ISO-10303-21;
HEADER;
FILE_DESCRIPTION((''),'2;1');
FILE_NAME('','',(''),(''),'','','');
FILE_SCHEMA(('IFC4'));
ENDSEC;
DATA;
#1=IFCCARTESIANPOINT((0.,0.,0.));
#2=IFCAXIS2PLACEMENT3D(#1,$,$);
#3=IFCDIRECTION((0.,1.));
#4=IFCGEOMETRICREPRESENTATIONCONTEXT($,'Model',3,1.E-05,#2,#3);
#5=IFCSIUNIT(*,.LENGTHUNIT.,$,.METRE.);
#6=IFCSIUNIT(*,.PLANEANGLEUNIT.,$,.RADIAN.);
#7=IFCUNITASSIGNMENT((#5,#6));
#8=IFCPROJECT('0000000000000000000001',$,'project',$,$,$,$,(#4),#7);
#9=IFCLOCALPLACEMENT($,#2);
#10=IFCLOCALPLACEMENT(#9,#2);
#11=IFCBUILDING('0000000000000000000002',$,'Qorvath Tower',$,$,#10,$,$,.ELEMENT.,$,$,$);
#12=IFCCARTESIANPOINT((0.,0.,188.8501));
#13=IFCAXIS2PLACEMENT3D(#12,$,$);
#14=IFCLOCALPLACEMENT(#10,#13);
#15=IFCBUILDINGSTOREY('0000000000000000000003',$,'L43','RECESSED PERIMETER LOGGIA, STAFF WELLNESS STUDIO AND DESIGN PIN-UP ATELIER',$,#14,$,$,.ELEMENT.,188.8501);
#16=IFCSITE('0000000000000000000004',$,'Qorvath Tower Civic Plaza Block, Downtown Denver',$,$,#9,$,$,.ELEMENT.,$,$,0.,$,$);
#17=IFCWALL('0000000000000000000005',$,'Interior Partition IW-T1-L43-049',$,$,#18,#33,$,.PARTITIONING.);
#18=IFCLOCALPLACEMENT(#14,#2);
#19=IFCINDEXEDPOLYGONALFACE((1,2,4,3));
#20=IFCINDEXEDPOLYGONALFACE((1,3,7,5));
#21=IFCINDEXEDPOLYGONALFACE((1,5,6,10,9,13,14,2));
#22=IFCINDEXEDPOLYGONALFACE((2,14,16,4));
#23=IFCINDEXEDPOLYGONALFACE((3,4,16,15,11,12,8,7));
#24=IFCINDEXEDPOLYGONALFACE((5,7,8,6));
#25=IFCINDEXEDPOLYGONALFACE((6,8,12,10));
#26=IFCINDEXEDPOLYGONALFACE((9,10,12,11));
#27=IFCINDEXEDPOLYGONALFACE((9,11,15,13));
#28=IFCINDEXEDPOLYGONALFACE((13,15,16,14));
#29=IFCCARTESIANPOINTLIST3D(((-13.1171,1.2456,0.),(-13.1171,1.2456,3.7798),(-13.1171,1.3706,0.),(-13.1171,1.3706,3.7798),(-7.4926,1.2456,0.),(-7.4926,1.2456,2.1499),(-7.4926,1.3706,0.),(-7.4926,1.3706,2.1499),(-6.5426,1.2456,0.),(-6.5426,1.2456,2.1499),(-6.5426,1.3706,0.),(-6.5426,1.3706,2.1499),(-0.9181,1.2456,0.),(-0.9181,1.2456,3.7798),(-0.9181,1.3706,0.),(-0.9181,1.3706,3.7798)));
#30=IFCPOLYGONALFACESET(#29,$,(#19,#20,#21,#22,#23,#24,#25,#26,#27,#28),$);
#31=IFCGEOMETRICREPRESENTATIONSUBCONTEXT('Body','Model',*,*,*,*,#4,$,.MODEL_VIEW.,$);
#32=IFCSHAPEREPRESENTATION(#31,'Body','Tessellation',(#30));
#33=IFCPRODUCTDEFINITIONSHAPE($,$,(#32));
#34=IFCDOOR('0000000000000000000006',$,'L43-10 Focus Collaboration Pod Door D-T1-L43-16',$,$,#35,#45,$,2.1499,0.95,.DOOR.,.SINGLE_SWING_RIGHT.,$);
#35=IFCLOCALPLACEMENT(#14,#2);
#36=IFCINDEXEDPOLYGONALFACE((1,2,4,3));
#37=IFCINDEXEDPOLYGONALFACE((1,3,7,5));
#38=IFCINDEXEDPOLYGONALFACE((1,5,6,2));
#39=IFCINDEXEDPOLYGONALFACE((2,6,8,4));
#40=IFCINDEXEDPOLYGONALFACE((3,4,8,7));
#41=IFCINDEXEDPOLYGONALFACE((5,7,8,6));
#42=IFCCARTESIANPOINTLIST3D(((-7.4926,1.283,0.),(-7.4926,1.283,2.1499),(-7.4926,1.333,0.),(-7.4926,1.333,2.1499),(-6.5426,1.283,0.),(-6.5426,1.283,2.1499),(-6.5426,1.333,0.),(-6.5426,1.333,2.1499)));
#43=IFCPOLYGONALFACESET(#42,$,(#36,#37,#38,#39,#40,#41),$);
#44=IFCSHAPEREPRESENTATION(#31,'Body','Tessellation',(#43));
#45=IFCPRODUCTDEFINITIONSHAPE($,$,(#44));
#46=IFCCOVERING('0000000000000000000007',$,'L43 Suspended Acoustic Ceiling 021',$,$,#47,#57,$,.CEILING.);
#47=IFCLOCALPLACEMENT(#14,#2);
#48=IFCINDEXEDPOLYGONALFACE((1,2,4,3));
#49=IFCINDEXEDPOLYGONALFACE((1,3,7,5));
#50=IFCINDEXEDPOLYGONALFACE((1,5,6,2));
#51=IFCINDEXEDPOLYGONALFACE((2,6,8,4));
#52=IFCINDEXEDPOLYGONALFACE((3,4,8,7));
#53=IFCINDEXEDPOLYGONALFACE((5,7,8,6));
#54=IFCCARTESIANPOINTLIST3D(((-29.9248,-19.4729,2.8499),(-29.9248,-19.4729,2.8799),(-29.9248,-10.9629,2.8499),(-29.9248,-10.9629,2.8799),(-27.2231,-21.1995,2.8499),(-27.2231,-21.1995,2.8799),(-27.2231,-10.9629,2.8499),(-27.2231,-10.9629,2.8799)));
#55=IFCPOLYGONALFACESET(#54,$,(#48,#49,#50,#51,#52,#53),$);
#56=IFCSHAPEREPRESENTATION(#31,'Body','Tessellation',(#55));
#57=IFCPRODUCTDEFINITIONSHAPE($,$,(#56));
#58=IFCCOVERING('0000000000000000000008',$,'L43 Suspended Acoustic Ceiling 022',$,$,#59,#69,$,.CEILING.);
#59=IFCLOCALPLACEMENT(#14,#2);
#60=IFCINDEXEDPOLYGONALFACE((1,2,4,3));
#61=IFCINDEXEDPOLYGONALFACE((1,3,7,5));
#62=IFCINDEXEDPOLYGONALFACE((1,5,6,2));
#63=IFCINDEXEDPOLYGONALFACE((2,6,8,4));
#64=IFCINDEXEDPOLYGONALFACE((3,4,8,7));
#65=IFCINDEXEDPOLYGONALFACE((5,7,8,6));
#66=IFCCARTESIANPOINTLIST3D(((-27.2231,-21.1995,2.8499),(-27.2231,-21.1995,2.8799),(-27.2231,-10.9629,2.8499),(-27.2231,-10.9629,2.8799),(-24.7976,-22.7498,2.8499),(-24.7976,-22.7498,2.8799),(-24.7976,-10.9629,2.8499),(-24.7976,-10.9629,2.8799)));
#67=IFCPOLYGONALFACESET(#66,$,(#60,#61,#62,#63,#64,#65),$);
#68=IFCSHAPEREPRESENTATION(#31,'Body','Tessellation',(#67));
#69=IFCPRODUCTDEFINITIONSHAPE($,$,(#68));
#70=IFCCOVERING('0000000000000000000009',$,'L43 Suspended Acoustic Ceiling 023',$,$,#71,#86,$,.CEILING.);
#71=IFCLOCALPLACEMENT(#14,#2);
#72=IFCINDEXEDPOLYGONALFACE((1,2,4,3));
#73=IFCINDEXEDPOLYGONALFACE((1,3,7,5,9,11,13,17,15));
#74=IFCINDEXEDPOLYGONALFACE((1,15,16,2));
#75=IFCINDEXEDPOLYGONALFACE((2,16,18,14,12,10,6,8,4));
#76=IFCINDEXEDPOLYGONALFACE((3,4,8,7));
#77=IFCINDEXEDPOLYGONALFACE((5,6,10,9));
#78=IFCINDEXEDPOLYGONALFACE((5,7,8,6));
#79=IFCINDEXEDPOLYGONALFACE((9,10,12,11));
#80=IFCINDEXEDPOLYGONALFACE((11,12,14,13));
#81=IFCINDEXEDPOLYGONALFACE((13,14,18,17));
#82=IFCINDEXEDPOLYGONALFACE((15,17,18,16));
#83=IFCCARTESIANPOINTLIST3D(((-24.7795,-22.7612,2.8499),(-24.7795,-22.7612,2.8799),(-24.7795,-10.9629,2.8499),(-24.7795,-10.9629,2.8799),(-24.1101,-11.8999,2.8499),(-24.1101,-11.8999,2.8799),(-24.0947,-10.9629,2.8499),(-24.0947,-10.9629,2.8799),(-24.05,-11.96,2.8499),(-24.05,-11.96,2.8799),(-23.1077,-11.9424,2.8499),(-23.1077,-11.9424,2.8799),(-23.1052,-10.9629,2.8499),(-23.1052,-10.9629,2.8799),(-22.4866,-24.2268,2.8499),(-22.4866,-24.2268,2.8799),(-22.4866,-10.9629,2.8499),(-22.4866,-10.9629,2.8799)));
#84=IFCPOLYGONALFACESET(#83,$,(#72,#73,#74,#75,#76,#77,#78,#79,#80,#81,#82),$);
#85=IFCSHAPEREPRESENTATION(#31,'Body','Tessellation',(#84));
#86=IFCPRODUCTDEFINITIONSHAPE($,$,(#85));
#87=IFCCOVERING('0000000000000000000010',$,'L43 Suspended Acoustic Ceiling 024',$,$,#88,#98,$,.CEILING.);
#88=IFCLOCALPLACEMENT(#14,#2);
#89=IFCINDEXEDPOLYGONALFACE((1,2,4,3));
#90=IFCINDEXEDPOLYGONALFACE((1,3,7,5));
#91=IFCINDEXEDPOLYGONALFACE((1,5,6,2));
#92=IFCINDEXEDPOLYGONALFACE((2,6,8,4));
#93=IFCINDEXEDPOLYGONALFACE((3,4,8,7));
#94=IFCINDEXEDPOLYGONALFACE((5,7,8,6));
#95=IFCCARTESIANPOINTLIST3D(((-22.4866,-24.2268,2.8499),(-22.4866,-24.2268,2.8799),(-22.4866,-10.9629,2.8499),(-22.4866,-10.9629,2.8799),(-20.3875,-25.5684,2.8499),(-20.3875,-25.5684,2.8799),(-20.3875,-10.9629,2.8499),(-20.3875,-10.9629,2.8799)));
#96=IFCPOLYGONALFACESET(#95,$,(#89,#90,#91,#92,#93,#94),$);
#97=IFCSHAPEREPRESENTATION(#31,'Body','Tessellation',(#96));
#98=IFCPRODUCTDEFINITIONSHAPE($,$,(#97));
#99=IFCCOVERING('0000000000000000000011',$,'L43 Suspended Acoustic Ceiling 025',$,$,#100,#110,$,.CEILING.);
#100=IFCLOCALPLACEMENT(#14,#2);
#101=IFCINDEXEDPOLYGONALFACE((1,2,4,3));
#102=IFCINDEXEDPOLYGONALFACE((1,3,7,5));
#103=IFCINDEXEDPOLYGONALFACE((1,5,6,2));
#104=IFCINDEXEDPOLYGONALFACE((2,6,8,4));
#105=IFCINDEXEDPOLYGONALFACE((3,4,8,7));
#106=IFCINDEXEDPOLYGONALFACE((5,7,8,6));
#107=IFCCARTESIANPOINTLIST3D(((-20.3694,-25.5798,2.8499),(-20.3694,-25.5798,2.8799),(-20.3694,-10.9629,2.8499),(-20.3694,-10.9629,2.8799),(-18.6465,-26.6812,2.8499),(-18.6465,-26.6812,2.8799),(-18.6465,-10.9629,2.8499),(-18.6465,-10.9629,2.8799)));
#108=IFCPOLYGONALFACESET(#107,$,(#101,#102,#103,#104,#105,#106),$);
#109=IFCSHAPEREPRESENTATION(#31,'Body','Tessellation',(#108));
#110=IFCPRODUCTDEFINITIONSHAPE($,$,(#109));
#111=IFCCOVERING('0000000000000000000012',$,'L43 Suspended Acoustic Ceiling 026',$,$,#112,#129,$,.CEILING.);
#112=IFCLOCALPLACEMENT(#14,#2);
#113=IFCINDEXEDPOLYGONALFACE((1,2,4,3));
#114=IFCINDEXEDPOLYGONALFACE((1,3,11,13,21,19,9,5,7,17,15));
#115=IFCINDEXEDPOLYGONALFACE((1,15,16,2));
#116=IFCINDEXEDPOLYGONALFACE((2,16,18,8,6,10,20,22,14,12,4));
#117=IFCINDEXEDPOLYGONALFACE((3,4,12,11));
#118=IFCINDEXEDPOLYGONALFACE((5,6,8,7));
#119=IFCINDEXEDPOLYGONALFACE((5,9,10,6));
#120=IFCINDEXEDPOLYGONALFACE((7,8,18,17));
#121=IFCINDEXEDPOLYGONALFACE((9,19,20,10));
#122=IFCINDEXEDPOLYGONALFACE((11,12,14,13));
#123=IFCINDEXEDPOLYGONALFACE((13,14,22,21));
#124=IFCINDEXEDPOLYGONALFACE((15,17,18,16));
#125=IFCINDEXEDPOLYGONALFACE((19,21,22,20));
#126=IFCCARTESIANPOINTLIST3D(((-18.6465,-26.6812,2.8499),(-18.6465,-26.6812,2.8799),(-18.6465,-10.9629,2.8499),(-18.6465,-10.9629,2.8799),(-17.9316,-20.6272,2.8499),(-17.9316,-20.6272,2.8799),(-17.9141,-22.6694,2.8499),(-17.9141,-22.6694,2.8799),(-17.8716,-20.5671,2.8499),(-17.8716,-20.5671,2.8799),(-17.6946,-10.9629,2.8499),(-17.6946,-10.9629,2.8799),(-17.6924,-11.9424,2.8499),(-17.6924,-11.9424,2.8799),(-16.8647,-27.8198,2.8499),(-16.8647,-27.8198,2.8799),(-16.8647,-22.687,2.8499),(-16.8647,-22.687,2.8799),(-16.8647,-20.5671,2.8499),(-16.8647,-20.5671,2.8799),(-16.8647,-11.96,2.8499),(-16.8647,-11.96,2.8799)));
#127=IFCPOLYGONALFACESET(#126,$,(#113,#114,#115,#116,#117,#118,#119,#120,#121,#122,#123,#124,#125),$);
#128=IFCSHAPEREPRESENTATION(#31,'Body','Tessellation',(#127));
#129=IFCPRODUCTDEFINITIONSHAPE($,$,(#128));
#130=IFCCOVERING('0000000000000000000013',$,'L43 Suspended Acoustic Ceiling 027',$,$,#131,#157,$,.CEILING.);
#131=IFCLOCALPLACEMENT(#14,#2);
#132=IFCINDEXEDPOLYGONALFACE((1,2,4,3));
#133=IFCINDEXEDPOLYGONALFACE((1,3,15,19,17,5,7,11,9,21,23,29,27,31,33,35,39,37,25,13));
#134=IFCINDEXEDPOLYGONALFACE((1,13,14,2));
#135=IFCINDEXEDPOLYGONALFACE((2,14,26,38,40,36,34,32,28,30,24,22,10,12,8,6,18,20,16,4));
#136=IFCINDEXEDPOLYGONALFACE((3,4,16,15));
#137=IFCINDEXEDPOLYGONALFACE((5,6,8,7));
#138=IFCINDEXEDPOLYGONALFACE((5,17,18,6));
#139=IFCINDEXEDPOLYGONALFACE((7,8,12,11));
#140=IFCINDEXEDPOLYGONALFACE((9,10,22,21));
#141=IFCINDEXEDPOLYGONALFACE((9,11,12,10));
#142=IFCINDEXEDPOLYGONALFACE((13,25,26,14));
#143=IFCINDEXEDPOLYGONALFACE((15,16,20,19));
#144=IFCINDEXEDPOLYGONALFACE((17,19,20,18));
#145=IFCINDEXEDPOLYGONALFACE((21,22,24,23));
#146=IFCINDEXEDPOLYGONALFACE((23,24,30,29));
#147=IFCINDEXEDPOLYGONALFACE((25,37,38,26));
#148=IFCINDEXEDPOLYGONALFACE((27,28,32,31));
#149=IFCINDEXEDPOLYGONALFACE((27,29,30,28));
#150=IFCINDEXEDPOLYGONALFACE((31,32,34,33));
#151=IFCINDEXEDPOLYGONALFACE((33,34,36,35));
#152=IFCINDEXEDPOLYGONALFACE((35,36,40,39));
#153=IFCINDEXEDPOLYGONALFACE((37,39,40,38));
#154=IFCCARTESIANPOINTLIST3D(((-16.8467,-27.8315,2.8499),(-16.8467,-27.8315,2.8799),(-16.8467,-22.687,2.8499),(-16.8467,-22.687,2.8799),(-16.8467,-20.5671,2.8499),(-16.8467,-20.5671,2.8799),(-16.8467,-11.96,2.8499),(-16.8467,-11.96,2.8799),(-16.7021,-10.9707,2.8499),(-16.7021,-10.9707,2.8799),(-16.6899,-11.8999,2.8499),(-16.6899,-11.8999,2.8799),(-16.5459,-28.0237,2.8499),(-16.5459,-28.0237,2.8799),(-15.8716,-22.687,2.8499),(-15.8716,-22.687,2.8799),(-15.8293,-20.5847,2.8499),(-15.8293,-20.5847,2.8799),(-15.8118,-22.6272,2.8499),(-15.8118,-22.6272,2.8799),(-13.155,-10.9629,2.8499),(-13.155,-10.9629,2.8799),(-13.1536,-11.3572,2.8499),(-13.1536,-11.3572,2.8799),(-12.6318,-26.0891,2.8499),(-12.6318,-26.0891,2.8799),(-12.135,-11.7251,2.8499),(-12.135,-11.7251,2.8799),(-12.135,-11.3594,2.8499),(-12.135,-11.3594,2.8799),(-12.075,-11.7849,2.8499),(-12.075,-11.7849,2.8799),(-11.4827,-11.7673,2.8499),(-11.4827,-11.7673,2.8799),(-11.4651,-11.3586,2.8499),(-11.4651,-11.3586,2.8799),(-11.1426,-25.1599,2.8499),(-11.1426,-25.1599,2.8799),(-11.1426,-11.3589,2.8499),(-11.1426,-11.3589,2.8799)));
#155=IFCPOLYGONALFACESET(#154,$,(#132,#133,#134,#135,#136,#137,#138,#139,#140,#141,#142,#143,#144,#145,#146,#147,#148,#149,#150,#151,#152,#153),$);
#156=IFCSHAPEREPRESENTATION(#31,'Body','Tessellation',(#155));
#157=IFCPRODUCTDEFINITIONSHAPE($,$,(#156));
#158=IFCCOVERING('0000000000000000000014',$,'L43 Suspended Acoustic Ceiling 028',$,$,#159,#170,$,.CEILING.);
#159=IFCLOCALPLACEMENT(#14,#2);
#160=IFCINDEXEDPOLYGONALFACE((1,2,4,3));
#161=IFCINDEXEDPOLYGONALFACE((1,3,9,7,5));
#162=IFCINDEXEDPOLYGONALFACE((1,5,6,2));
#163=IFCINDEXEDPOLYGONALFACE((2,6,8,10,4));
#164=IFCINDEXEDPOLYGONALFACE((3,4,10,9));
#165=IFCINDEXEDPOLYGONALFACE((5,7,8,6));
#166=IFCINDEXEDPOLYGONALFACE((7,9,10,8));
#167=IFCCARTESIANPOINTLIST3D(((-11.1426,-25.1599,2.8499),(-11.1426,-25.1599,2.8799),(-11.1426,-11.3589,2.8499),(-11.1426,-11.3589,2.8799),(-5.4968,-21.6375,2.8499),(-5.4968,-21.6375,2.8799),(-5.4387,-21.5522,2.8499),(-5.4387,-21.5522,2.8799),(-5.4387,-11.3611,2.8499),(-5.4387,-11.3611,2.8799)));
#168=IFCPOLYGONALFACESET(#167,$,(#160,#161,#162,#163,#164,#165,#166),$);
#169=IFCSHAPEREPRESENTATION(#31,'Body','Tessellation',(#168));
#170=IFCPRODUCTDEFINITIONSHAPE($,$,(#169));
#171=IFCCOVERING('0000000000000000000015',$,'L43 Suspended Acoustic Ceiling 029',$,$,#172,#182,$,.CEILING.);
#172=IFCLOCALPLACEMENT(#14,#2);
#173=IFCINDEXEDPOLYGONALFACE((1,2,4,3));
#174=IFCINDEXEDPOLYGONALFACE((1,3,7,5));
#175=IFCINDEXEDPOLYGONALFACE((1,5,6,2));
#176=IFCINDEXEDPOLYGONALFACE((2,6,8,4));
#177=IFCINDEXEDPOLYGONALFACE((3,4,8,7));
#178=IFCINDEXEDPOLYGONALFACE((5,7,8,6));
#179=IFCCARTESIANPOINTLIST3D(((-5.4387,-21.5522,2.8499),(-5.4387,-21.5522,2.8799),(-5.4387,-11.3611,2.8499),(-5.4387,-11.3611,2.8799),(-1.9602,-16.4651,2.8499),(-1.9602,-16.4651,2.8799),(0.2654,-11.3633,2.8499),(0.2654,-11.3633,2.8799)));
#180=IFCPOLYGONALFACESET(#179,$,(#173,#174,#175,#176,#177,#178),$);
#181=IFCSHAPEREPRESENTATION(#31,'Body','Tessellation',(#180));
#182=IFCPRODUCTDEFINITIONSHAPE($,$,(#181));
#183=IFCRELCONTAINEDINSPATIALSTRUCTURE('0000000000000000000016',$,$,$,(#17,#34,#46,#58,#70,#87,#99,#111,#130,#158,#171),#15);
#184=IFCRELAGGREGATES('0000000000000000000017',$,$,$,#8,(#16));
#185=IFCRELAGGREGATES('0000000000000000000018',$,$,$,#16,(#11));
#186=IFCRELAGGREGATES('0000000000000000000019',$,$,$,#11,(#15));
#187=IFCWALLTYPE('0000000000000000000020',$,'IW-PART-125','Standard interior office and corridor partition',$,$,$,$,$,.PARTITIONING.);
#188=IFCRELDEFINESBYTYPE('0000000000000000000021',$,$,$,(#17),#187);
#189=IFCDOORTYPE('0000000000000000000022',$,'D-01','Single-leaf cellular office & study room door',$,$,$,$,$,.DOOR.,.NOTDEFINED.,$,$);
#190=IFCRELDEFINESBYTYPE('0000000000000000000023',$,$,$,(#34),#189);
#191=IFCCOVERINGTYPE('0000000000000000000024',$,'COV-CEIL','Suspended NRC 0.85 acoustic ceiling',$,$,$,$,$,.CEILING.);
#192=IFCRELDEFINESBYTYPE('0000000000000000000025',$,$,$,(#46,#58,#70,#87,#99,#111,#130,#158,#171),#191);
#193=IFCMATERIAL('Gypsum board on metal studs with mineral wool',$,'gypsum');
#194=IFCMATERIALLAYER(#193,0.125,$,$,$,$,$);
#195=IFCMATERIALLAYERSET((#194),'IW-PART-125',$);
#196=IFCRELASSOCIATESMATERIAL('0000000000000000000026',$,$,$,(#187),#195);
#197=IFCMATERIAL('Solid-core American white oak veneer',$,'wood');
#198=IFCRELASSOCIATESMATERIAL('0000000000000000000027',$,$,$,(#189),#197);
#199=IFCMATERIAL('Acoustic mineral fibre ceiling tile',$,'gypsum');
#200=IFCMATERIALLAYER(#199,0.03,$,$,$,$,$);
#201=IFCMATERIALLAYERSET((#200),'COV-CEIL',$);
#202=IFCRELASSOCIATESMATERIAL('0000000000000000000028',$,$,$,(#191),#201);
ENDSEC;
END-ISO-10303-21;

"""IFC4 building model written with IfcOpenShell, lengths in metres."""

from ifc_helpers import new_model, si_unit, direction, frame, frame_2d, origin, place, context, subcontext, project, spatial, polyline, rectangle, outline, extrude, material, layer, layer_set, type_object, element, fill, save


model = new_model("IFC4")

# Units and contexts
model_context = context("Model", 3, precision=1e-05, world=origin(), true_north=direction((0.0, 1.0)))
body_context = subcontext(model_context, "Body", "Model", "MODEL_VIEW")
ifc_project = project(units=[si_unit("LENGTHUNIT", "METRE"), si_unit("PLANEANGLEUNIT", "RADIAN")], contexts=[model_context])

# Site, building, storey
site_placement = place(None, origin())
site = spatial("IfcSite", under=ifc_project, at=site_placement, Name="Qorvath Tower Civic Plaza Block, Downtown Denver", CompositionType="ELEMENT", RefElevation=0.0)
building_placement = place(site_placement, origin())
building = spatial("IfcBuilding", under=site, at=building_placement, Name="Qorvath Tower", CompositionType="ELEMENT")
storey_placement = place(building_placement, frame((0.0, 0.0, 188.8501)))
storey = spatial("IfcBuildingStorey", under=building, at=storey_placement, Name="L43", Description="RECESSED PERIMETER LOGGIA, STAFF WELLNESS STUDIO AND DESIGN PIN-UP ATELIER", CompositionType="ELEMENT", Elevation=188.8501)

# Shared definitions
ifc_material_1 = material(Name="Gypsum board on metal studs with mineral wool", Category="gypsum")
ifc_layer_1 = layer(ifc_material_1, 0.125)
ifc_layer_set_1 = layer_set([ifc_layer_1], Name="IW-PART-125")
wall_type = type_object("IfcWallType", Name="IW-PART-125", Description="Standard interior office and corridor partition", PredefinedType="PARTITIONING", material=ifc_layer_set_1)

# Wall, opening, door
wall_1_placement = place(storey_placement, frame((-13.1172, 1.3081, 0.0), z_axis=(0.0, 0.0, 1.0), x_axis=(1.0, 0.0, 0.0)))
wall_1 = element("IfcWall", 1, at=wall_1_placement, inside=storey, type_object=wall_type, Name="Interior Partition IW-T1-L43-049", PredefinedType="PARTITIONING", context=body_context, shape_type="SweptSolid", body=[
    extrude(rectangle(XDim=12.199, YDim=0.125, at=frame_2d((6.0996, 0.0))), origin(), (0.0, 0.0, 1.0), 3.7798),
])
opening_placement = place(wall_1_placement, frame((5.6245, 0.0, 0.0)))
opening = element("IfcOpeningElement", 2, at=opening_placement, cuts=wall_1, PredefinedType="OPENING", context=body_context, shape_type="SweptSolid", body=[
    extrude(rectangle(XDim=0.95, YDim=2.1499, at=frame_2d((0.4751, 1.075))), frame((0.0, 0.0725, 0.0), z_axis=(0.0, -1.0, 0.0), x_axis=(1.0, 0.0, 0.0)), (0.0, 0.0, 1.0), 0.145),
])
ifc_material_2 = material(Name="Solid-core American white oak veneer", Category="wood")
door_type = type_object("IfcDoorType", Name="D-01", Description="Single-leaf cellular office & study room door", OperationType="NOTDEFINED", PredefinedType="DOOR", material=ifc_material_2)
door_placement = place(opening_placement, origin())
door = element("IfcDoor", 3, at=door_placement, inside=storey, type_object=door_type, Name="L43-10 Focus Collaboration Pod Door D-T1-L43-16", OperationType="SINGLE_SWING_RIGHT", OverallHeight=2.1499, OverallWidth=0.95, PredefinedType="DOOR", context=body_context, shape_type="SweptSolid", body=[
    extrude(rectangle(XDim=0.95, YDim=2.1499, at=frame_2d((0.4751, 1.075))), frame((0.0, 0.0249, 0.0), z_axis=(0.0, -1.0, 0.0), x_axis=(1.0, 0.0, 0.0)), (0.0, 0.0, 1.0), 0.05),
])
fill(opening, door)

# Coverings
ifc_material_3 = material(Name="Acoustic mineral fibre ceiling tile", Category="gypsum")
ifc_layer_2 = layer(ifc_material_3, 0.03)
ifc_layer_set_2 = layer_set([ifc_layer_2], Name="COV-CEIL")
covering_type_1 = type_object("IfcCoveringType", Name="COV-CEIL", Description="Suspended NRC 0.85 acoustic ceiling", PredefinedType="CEILING", material=ifc_layer_set_2)
covering_1_placement = place(storey_placement, frame((0.0, 0.0, 2.8499)))
element("IfcCovering", 4, at=covering_1_placement, inside=storey, type_object=covering_type_1, Name="L43 Suspended Acoustic Ceiling 021", PredefinedType="CEILING", context=body_context, shape_type="SweptSolid", body=[
    extrude(outline(polyline([(-27.2231, -21.1995), (-27.2231, -10.9629), (-29.9248, -10.9629), (-29.9248, -19.4729), (-27.2231, -21.1995)])), origin(), (0.0, 0.0, 1.0), 0.03),
])
covering_2_placement = place(storey_placement, frame((0.0, 0.0, 2.8499)))
element("IfcCovering", 5, at=covering_2_placement, inside=storey, type_object=covering_type_1, Name="L43 Suspended Acoustic Ceiling 022", PredefinedType="CEILING", context=body_context, shape_type="SweptSolid", body=[
    extrude(outline(polyline([(-24.7976, -10.9629), (-27.2231, -10.9629), (-27.2231, -21.1995), (-24.7976, -22.7498), (-24.7976, -10.9629)])), origin(), (0.0, 0.0, 1.0), 0.03),
])
covering_3_placement = place(storey_placement, frame((0.0, 0.0, 2.8499)))
element("IfcCovering", 6, at=covering_3_placement, inside=storey, type_object=covering_type_1, Name="L43 Suspended Acoustic Ceiling 023", PredefinedType="CEILING", context=body_context, shape_type="SweptSolid", body=[
    extrude(outline(polyline([(-24.0947, -10.9629), (-24.7795, -10.9629), (-24.7795, -22.7612), (-22.4866, -24.2268), (-22.4866, -10.9629), (-23.1052, -10.9629), (-23.1077, -11.9424), (-24.05, -11.96), (-24.1101, -11.8999), (-24.0947, -10.9629)])), origin(), (0.0, 0.0, 1.0), 0.03),
])
covering_4_placement = place(storey_placement, frame((0.0, 0.0, 2.8499)))
element("IfcCovering", 7, at=covering_4_placement, inside=storey, type_object=covering_type_1, Name="L43 Suspended Acoustic Ceiling 024", PredefinedType="CEILING", context=body_context, shape_type="SweptSolid", body=[
    extrude(outline(polyline([(-22.4866, -10.9629), (-22.4866, -24.2268), (-20.3875, -25.5684), (-20.3875, -10.9629), (-22.4866, -10.9629)])), origin(), (0.0, 0.0, 1.0), 0.03),
])
covering_5_placement = place(storey_placement, frame((0.0, 0.0, 2.8499)))
element("IfcCovering", 8, at=covering_5_placement, inside=storey, type_object=covering_type_1, Name="L43 Suspended Acoustic Ceiling 025", PredefinedType="CEILING", context=body_context, shape_type="SweptSolid", body=[
    extrude(outline(polyline([(-18.6465, -26.6812), (-18.6465, -10.9629), (-20.3694, -10.9629), (-20.3694, -25.5798), (-18.6465, -26.6812)])), origin(), (0.0, 0.0, 1.0), 0.03),
])
covering_6_placement = place(storey_placement, frame((0.0, 0.0, 2.8499)))
element("IfcCovering", 9, at=covering_6_placement, inside=storey, type_object=covering_type_1, Name="L43 Suspended Acoustic Ceiling 026", PredefinedType="CEILING", context=body_context, shape_type="SweptSolid", body=[
    extrude(outline(polyline([(-17.8716, -20.5671), (-16.8647, -20.5671), (-16.8647, -11.96), (-17.6924, -11.9424), (-17.6946, -10.9629), (-18.6465, -10.9629), (-18.6465, -26.6812), (-16.8647, -27.8198), (-16.8647, -22.687), (-17.9141, -22.6694), (-17.9316, -20.6272), (-17.8716, -20.5671)])), origin(), (0.0, 0.0, 1.0), 0.03),
])
covering_7_placement = place(storey_placement, frame((0.0, 0.0, 2.8499)))
element("IfcCovering", 10, at=covering_7_placement, inside=storey, type_object=covering_type_1, Name="L43 Suspended Acoustic Ceiling 027", PredefinedType="CEILING", context=body_context, shape_type="SweptSolid", body=[
    extrude(outline(polyline([(-16.8467, -27.8315), (-16.5459, -28.0237), (-12.6318, -26.0891), (-11.1426, -25.1599), (-11.1426, -11.3589), (-11.4651, -11.3586), (-11.4827, -11.7673), (-12.075, -11.7849), (-12.135, -11.7251), (-12.135, -11.3594), (-13.1536, -11.3572), (-13.155, -10.9629), (-16.7021, -10.9707), (-16.6899, -11.8999), (-16.8467, -11.96), (-16.8467, -20.5671), (-15.8293, -20.5847), (-15.8118, -22.6272), (-15.8716, -22.687), (-16.8467, -22.687), (-16.8467, -27.8315)])), origin(), (0.0, 0.0, 1.0), 0.03),
])
covering_8_placement = place(storey_placement, frame((0.0, 0.0, 2.8499)))
element("IfcCovering", 11, at=covering_8_placement, inside=storey, type_object=covering_type_1, Name="L43 Suspended Acoustic Ceiling 028", PredefinedType="CEILING", context=body_context, shape_type="SweptSolid", body=[
    extrude(outline(polyline([(-11.1426, -11.3589), (-11.1426, -25.1599), (-5.4968, -21.6375), (-5.4387, -21.5522), (-5.4387, -11.3611), (-11.1426, -11.3589)])), origin(), (0.0, 0.0, 1.0), 0.03),
])
covering_9_placement = place(storey_placement, frame((0.0, 0.0, 2.8499)))
element("IfcCovering", 12, at=covering_9_placement, inside=storey, type_object=covering_type_1, Name="L43 Suspended Acoustic Ceiling 029", PredefinedType="CEILING", context=body_context, shape_type="SweptSolid", body=[
    extrude(outline(polyline([(-5.4387, -11.3611), (-5.4387, -21.5522), (-1.9602, -16.4651), (0.2654, -11.3633), (-5.4387, -11.3611)])), origin(), (0.0, 0.0, 1.0), 0.03),
])

save(model, "model.ifc")
